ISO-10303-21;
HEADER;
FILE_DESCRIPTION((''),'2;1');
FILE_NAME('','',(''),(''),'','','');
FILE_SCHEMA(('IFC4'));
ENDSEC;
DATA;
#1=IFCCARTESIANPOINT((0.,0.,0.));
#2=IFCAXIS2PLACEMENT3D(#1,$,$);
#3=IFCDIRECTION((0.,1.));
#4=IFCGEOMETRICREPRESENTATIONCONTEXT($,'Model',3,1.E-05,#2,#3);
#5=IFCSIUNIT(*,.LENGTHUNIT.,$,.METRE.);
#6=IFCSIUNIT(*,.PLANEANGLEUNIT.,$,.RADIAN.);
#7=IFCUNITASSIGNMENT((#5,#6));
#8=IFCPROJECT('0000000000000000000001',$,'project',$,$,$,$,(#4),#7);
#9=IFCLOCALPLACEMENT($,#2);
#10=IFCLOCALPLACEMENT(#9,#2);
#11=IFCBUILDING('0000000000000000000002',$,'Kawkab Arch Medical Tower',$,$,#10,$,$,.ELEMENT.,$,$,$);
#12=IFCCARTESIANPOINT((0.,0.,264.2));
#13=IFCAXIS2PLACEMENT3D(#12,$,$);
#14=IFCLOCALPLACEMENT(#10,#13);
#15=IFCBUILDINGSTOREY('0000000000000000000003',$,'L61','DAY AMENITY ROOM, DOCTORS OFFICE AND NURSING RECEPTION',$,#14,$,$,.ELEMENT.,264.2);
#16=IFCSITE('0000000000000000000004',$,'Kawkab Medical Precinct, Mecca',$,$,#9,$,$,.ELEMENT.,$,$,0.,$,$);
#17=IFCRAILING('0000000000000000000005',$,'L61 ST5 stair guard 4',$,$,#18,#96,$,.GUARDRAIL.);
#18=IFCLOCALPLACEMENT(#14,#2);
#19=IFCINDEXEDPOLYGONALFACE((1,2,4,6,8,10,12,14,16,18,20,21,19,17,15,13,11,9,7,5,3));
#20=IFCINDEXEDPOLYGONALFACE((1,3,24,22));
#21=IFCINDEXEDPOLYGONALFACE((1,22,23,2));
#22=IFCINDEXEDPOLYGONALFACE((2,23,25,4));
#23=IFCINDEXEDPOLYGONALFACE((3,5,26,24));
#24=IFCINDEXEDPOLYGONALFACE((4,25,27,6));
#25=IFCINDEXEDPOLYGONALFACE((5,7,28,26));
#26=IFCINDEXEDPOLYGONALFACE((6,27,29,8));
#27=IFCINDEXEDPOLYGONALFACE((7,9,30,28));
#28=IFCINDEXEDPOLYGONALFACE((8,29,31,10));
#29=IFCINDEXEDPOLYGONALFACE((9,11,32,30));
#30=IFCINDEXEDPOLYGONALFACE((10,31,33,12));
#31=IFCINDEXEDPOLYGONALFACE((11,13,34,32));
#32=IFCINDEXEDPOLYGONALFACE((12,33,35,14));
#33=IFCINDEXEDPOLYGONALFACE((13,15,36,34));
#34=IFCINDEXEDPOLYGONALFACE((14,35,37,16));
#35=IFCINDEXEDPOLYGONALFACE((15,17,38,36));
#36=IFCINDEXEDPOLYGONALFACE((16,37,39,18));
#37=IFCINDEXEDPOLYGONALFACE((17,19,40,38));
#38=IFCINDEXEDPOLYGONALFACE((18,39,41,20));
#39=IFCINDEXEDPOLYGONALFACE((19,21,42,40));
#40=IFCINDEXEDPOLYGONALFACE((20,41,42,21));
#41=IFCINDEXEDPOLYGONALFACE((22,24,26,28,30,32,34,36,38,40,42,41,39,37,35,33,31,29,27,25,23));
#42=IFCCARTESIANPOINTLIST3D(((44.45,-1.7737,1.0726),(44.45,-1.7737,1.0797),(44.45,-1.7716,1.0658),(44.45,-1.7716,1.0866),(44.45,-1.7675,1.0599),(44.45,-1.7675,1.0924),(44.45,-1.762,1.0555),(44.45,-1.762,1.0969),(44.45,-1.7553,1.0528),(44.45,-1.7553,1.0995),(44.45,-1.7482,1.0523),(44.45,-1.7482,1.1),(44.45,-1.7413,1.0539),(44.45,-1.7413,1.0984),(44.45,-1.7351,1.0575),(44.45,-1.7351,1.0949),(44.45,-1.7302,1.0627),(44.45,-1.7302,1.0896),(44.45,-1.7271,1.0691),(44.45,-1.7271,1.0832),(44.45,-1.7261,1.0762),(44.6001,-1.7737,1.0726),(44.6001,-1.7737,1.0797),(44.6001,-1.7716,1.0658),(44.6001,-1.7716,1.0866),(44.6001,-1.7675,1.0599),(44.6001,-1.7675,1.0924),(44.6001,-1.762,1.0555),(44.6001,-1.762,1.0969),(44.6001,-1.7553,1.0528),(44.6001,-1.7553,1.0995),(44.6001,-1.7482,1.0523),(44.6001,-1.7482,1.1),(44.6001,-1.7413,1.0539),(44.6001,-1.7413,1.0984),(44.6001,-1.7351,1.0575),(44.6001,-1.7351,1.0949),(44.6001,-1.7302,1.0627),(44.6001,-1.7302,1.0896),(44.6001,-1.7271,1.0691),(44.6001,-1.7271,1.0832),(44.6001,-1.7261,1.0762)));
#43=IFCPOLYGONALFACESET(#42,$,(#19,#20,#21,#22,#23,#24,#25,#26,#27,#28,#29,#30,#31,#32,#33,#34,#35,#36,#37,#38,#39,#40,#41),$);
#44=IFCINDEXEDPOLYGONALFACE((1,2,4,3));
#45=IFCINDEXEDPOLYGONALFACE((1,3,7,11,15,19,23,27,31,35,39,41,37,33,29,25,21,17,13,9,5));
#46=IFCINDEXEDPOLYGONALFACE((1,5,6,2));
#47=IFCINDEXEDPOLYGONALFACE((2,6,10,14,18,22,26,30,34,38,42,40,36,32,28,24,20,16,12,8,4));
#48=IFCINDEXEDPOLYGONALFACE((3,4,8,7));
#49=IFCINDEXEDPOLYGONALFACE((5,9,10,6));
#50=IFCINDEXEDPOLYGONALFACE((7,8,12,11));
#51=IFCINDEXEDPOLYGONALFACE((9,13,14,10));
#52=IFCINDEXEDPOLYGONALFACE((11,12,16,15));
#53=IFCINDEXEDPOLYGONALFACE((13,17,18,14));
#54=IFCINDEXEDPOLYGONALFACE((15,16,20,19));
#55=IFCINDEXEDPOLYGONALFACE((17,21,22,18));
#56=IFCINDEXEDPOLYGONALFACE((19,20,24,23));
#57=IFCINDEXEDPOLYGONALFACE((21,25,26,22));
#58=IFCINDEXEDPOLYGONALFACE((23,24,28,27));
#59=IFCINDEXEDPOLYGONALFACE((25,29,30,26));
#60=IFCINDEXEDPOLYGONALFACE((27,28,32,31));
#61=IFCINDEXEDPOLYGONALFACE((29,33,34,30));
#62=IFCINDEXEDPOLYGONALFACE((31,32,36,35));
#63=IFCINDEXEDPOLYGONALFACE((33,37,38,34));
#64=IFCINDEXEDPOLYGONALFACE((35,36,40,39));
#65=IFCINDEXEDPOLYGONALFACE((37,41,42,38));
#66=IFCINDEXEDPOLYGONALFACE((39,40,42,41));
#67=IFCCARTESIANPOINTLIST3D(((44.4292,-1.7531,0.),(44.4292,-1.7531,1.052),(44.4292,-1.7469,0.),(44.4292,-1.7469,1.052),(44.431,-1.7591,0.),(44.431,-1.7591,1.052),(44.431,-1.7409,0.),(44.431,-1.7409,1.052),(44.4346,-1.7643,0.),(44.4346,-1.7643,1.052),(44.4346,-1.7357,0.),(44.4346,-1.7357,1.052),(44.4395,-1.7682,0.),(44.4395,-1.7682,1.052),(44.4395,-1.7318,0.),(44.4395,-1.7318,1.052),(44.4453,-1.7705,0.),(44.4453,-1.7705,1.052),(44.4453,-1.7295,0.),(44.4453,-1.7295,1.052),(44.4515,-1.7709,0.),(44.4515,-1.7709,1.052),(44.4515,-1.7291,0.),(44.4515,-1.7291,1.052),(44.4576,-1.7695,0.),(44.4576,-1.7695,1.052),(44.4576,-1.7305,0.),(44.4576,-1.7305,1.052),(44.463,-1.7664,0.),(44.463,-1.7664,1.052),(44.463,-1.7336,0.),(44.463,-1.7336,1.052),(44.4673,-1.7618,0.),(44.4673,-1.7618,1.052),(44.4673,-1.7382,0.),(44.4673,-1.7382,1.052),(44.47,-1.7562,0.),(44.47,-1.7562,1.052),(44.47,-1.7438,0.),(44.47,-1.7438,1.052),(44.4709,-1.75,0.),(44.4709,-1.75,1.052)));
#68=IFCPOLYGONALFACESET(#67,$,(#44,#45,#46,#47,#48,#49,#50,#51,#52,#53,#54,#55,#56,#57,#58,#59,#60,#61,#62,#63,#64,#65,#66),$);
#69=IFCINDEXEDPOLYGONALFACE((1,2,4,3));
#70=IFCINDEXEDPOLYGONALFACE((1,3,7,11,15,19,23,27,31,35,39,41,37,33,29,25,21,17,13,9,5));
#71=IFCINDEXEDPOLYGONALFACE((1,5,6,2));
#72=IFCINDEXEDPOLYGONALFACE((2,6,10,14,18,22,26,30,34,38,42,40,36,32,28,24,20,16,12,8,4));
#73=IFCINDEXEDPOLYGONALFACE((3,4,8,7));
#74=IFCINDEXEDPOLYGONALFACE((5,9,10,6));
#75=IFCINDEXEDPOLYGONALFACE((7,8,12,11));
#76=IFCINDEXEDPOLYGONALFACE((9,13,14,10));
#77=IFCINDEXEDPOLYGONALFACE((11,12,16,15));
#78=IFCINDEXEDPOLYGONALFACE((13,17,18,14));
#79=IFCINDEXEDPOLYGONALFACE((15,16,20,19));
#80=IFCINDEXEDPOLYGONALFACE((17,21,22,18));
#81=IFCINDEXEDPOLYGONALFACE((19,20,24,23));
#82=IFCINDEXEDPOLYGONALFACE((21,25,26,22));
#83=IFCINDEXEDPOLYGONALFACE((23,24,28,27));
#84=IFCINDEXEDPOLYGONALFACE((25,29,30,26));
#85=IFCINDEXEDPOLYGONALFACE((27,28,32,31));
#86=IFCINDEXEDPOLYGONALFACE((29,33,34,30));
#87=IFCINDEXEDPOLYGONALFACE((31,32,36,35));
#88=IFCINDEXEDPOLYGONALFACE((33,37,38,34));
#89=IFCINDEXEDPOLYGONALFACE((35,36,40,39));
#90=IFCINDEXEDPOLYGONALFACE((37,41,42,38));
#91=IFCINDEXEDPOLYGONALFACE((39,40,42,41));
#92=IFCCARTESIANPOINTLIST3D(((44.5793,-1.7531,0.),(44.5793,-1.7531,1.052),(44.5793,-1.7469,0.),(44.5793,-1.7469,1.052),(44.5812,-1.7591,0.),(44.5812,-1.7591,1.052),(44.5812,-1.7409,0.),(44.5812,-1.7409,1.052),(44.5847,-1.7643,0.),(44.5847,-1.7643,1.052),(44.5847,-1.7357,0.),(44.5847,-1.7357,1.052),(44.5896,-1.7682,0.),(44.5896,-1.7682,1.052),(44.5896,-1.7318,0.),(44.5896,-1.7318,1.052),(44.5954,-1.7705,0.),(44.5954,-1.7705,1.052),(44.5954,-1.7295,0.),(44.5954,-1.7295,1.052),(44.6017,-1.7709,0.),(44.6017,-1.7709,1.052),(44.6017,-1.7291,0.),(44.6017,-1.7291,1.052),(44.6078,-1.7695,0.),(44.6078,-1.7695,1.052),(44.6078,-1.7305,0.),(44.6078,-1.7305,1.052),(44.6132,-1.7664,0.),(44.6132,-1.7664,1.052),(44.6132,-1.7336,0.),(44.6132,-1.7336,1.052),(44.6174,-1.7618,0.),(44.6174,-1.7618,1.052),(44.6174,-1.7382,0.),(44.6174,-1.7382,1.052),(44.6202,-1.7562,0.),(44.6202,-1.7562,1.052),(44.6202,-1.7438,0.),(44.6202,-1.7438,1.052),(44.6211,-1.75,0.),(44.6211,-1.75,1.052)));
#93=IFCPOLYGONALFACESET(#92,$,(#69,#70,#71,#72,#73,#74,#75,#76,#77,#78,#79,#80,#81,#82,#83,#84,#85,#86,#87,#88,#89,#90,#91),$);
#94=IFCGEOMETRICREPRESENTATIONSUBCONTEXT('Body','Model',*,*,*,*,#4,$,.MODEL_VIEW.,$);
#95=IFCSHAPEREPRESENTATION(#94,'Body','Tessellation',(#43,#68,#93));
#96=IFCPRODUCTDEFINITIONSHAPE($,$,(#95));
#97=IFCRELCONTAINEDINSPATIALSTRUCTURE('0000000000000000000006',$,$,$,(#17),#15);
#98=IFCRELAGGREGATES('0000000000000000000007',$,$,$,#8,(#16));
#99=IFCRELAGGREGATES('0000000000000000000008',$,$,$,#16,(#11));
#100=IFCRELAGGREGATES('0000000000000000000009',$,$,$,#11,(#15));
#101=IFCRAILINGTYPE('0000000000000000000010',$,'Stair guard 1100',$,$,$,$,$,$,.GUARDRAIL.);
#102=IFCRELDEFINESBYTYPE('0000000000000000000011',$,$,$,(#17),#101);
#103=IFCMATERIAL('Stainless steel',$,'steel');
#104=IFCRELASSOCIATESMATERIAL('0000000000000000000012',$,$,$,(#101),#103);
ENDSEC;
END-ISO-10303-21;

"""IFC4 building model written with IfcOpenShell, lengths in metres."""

from ifc_helpers import new_model, si_unit, direction, frame, origin, origin_2d, place, context, subcontext, project, spatial, circle, extrude, material, type_object, element, save


model = new_model("IFC4")

# Units and contexts
model_context = context("Model", 3, precision=1e-05, world=origin(), true_north=direction((0.0, 1.0)))
body_context = subcontext(model_context, "Body", "Model", "MODEL_VIEW")
ifc_project = project(units=[si_unit("LENGTHUNIT", "METRE"), si_unit("PLANEANGLEUNIT", "RADIAN")], contexts=[model_context])

# Site, building, storey
site_placement = place(None, origin())
site = spatial("IfcSite", under=ifc_project, at=site_placement, Name="Kawkab Medical Precinct, Mecca", CompositionType="ELEMENT", RefElevation=0.0)
building_placement = place(site_placement, origin())
building = spatial("IfcBuilding", under=site, at=building_placement, Name="Kawkab Arch Medical Tower", CompositionType="ELEMENT")
storey_placement = place(building_placement, frame((0.0, 0.0, 264.2)))
storey = spatial("IfcBuildingStorey", under=building, at=storey_placement, Name="L61", Description="DAY AMENITY ROOM, DOCTORS OFFICE AND NURSING RECEPTION", CompositionType="ELEMENT", Elevation=264.2)

# Railing
ifc_material_1 = material(Name="Stainless steel", Category="steel")
railing_type_1 = type_object("IfcRailingType", Name="Stair guard 1100", PredefinedType="GUARDRAIL", material=ifc_material_1)
railing_1_placement = place(storey_placement, frame((44.45, -1.75, 0.0)))
element("IfcRailing", 1, at=railing_1_placement, inside=storey, type_object=railing_type_1, Name="L61 ST5 stair guard 4", PredefinedType="GUARDRAIL", context=body_context, shape_type="SweptSolid", body=[
    extrude(circle(Radius=0.0239, at=origin_2d()), frame((0.0, 0.0, 1.0762), z_axis=(1.0, 0.0, 0.0), x_axis=(0.0, 1.0, 0.0)), (0.0, 0.0, 1.0), 0.1501),
    extrude(circle(Radius=0.021, at=origin_2d()), origin(), (0.0, 0.0, 1.0), 1.052),
    extrude(circle(Radius=0.021, at=origin_2d()), frame((0.1501, 0.0, 0.0)), (0.0, 0.0, 1.0), 1.052),
])

save(model, "model.ifc")
